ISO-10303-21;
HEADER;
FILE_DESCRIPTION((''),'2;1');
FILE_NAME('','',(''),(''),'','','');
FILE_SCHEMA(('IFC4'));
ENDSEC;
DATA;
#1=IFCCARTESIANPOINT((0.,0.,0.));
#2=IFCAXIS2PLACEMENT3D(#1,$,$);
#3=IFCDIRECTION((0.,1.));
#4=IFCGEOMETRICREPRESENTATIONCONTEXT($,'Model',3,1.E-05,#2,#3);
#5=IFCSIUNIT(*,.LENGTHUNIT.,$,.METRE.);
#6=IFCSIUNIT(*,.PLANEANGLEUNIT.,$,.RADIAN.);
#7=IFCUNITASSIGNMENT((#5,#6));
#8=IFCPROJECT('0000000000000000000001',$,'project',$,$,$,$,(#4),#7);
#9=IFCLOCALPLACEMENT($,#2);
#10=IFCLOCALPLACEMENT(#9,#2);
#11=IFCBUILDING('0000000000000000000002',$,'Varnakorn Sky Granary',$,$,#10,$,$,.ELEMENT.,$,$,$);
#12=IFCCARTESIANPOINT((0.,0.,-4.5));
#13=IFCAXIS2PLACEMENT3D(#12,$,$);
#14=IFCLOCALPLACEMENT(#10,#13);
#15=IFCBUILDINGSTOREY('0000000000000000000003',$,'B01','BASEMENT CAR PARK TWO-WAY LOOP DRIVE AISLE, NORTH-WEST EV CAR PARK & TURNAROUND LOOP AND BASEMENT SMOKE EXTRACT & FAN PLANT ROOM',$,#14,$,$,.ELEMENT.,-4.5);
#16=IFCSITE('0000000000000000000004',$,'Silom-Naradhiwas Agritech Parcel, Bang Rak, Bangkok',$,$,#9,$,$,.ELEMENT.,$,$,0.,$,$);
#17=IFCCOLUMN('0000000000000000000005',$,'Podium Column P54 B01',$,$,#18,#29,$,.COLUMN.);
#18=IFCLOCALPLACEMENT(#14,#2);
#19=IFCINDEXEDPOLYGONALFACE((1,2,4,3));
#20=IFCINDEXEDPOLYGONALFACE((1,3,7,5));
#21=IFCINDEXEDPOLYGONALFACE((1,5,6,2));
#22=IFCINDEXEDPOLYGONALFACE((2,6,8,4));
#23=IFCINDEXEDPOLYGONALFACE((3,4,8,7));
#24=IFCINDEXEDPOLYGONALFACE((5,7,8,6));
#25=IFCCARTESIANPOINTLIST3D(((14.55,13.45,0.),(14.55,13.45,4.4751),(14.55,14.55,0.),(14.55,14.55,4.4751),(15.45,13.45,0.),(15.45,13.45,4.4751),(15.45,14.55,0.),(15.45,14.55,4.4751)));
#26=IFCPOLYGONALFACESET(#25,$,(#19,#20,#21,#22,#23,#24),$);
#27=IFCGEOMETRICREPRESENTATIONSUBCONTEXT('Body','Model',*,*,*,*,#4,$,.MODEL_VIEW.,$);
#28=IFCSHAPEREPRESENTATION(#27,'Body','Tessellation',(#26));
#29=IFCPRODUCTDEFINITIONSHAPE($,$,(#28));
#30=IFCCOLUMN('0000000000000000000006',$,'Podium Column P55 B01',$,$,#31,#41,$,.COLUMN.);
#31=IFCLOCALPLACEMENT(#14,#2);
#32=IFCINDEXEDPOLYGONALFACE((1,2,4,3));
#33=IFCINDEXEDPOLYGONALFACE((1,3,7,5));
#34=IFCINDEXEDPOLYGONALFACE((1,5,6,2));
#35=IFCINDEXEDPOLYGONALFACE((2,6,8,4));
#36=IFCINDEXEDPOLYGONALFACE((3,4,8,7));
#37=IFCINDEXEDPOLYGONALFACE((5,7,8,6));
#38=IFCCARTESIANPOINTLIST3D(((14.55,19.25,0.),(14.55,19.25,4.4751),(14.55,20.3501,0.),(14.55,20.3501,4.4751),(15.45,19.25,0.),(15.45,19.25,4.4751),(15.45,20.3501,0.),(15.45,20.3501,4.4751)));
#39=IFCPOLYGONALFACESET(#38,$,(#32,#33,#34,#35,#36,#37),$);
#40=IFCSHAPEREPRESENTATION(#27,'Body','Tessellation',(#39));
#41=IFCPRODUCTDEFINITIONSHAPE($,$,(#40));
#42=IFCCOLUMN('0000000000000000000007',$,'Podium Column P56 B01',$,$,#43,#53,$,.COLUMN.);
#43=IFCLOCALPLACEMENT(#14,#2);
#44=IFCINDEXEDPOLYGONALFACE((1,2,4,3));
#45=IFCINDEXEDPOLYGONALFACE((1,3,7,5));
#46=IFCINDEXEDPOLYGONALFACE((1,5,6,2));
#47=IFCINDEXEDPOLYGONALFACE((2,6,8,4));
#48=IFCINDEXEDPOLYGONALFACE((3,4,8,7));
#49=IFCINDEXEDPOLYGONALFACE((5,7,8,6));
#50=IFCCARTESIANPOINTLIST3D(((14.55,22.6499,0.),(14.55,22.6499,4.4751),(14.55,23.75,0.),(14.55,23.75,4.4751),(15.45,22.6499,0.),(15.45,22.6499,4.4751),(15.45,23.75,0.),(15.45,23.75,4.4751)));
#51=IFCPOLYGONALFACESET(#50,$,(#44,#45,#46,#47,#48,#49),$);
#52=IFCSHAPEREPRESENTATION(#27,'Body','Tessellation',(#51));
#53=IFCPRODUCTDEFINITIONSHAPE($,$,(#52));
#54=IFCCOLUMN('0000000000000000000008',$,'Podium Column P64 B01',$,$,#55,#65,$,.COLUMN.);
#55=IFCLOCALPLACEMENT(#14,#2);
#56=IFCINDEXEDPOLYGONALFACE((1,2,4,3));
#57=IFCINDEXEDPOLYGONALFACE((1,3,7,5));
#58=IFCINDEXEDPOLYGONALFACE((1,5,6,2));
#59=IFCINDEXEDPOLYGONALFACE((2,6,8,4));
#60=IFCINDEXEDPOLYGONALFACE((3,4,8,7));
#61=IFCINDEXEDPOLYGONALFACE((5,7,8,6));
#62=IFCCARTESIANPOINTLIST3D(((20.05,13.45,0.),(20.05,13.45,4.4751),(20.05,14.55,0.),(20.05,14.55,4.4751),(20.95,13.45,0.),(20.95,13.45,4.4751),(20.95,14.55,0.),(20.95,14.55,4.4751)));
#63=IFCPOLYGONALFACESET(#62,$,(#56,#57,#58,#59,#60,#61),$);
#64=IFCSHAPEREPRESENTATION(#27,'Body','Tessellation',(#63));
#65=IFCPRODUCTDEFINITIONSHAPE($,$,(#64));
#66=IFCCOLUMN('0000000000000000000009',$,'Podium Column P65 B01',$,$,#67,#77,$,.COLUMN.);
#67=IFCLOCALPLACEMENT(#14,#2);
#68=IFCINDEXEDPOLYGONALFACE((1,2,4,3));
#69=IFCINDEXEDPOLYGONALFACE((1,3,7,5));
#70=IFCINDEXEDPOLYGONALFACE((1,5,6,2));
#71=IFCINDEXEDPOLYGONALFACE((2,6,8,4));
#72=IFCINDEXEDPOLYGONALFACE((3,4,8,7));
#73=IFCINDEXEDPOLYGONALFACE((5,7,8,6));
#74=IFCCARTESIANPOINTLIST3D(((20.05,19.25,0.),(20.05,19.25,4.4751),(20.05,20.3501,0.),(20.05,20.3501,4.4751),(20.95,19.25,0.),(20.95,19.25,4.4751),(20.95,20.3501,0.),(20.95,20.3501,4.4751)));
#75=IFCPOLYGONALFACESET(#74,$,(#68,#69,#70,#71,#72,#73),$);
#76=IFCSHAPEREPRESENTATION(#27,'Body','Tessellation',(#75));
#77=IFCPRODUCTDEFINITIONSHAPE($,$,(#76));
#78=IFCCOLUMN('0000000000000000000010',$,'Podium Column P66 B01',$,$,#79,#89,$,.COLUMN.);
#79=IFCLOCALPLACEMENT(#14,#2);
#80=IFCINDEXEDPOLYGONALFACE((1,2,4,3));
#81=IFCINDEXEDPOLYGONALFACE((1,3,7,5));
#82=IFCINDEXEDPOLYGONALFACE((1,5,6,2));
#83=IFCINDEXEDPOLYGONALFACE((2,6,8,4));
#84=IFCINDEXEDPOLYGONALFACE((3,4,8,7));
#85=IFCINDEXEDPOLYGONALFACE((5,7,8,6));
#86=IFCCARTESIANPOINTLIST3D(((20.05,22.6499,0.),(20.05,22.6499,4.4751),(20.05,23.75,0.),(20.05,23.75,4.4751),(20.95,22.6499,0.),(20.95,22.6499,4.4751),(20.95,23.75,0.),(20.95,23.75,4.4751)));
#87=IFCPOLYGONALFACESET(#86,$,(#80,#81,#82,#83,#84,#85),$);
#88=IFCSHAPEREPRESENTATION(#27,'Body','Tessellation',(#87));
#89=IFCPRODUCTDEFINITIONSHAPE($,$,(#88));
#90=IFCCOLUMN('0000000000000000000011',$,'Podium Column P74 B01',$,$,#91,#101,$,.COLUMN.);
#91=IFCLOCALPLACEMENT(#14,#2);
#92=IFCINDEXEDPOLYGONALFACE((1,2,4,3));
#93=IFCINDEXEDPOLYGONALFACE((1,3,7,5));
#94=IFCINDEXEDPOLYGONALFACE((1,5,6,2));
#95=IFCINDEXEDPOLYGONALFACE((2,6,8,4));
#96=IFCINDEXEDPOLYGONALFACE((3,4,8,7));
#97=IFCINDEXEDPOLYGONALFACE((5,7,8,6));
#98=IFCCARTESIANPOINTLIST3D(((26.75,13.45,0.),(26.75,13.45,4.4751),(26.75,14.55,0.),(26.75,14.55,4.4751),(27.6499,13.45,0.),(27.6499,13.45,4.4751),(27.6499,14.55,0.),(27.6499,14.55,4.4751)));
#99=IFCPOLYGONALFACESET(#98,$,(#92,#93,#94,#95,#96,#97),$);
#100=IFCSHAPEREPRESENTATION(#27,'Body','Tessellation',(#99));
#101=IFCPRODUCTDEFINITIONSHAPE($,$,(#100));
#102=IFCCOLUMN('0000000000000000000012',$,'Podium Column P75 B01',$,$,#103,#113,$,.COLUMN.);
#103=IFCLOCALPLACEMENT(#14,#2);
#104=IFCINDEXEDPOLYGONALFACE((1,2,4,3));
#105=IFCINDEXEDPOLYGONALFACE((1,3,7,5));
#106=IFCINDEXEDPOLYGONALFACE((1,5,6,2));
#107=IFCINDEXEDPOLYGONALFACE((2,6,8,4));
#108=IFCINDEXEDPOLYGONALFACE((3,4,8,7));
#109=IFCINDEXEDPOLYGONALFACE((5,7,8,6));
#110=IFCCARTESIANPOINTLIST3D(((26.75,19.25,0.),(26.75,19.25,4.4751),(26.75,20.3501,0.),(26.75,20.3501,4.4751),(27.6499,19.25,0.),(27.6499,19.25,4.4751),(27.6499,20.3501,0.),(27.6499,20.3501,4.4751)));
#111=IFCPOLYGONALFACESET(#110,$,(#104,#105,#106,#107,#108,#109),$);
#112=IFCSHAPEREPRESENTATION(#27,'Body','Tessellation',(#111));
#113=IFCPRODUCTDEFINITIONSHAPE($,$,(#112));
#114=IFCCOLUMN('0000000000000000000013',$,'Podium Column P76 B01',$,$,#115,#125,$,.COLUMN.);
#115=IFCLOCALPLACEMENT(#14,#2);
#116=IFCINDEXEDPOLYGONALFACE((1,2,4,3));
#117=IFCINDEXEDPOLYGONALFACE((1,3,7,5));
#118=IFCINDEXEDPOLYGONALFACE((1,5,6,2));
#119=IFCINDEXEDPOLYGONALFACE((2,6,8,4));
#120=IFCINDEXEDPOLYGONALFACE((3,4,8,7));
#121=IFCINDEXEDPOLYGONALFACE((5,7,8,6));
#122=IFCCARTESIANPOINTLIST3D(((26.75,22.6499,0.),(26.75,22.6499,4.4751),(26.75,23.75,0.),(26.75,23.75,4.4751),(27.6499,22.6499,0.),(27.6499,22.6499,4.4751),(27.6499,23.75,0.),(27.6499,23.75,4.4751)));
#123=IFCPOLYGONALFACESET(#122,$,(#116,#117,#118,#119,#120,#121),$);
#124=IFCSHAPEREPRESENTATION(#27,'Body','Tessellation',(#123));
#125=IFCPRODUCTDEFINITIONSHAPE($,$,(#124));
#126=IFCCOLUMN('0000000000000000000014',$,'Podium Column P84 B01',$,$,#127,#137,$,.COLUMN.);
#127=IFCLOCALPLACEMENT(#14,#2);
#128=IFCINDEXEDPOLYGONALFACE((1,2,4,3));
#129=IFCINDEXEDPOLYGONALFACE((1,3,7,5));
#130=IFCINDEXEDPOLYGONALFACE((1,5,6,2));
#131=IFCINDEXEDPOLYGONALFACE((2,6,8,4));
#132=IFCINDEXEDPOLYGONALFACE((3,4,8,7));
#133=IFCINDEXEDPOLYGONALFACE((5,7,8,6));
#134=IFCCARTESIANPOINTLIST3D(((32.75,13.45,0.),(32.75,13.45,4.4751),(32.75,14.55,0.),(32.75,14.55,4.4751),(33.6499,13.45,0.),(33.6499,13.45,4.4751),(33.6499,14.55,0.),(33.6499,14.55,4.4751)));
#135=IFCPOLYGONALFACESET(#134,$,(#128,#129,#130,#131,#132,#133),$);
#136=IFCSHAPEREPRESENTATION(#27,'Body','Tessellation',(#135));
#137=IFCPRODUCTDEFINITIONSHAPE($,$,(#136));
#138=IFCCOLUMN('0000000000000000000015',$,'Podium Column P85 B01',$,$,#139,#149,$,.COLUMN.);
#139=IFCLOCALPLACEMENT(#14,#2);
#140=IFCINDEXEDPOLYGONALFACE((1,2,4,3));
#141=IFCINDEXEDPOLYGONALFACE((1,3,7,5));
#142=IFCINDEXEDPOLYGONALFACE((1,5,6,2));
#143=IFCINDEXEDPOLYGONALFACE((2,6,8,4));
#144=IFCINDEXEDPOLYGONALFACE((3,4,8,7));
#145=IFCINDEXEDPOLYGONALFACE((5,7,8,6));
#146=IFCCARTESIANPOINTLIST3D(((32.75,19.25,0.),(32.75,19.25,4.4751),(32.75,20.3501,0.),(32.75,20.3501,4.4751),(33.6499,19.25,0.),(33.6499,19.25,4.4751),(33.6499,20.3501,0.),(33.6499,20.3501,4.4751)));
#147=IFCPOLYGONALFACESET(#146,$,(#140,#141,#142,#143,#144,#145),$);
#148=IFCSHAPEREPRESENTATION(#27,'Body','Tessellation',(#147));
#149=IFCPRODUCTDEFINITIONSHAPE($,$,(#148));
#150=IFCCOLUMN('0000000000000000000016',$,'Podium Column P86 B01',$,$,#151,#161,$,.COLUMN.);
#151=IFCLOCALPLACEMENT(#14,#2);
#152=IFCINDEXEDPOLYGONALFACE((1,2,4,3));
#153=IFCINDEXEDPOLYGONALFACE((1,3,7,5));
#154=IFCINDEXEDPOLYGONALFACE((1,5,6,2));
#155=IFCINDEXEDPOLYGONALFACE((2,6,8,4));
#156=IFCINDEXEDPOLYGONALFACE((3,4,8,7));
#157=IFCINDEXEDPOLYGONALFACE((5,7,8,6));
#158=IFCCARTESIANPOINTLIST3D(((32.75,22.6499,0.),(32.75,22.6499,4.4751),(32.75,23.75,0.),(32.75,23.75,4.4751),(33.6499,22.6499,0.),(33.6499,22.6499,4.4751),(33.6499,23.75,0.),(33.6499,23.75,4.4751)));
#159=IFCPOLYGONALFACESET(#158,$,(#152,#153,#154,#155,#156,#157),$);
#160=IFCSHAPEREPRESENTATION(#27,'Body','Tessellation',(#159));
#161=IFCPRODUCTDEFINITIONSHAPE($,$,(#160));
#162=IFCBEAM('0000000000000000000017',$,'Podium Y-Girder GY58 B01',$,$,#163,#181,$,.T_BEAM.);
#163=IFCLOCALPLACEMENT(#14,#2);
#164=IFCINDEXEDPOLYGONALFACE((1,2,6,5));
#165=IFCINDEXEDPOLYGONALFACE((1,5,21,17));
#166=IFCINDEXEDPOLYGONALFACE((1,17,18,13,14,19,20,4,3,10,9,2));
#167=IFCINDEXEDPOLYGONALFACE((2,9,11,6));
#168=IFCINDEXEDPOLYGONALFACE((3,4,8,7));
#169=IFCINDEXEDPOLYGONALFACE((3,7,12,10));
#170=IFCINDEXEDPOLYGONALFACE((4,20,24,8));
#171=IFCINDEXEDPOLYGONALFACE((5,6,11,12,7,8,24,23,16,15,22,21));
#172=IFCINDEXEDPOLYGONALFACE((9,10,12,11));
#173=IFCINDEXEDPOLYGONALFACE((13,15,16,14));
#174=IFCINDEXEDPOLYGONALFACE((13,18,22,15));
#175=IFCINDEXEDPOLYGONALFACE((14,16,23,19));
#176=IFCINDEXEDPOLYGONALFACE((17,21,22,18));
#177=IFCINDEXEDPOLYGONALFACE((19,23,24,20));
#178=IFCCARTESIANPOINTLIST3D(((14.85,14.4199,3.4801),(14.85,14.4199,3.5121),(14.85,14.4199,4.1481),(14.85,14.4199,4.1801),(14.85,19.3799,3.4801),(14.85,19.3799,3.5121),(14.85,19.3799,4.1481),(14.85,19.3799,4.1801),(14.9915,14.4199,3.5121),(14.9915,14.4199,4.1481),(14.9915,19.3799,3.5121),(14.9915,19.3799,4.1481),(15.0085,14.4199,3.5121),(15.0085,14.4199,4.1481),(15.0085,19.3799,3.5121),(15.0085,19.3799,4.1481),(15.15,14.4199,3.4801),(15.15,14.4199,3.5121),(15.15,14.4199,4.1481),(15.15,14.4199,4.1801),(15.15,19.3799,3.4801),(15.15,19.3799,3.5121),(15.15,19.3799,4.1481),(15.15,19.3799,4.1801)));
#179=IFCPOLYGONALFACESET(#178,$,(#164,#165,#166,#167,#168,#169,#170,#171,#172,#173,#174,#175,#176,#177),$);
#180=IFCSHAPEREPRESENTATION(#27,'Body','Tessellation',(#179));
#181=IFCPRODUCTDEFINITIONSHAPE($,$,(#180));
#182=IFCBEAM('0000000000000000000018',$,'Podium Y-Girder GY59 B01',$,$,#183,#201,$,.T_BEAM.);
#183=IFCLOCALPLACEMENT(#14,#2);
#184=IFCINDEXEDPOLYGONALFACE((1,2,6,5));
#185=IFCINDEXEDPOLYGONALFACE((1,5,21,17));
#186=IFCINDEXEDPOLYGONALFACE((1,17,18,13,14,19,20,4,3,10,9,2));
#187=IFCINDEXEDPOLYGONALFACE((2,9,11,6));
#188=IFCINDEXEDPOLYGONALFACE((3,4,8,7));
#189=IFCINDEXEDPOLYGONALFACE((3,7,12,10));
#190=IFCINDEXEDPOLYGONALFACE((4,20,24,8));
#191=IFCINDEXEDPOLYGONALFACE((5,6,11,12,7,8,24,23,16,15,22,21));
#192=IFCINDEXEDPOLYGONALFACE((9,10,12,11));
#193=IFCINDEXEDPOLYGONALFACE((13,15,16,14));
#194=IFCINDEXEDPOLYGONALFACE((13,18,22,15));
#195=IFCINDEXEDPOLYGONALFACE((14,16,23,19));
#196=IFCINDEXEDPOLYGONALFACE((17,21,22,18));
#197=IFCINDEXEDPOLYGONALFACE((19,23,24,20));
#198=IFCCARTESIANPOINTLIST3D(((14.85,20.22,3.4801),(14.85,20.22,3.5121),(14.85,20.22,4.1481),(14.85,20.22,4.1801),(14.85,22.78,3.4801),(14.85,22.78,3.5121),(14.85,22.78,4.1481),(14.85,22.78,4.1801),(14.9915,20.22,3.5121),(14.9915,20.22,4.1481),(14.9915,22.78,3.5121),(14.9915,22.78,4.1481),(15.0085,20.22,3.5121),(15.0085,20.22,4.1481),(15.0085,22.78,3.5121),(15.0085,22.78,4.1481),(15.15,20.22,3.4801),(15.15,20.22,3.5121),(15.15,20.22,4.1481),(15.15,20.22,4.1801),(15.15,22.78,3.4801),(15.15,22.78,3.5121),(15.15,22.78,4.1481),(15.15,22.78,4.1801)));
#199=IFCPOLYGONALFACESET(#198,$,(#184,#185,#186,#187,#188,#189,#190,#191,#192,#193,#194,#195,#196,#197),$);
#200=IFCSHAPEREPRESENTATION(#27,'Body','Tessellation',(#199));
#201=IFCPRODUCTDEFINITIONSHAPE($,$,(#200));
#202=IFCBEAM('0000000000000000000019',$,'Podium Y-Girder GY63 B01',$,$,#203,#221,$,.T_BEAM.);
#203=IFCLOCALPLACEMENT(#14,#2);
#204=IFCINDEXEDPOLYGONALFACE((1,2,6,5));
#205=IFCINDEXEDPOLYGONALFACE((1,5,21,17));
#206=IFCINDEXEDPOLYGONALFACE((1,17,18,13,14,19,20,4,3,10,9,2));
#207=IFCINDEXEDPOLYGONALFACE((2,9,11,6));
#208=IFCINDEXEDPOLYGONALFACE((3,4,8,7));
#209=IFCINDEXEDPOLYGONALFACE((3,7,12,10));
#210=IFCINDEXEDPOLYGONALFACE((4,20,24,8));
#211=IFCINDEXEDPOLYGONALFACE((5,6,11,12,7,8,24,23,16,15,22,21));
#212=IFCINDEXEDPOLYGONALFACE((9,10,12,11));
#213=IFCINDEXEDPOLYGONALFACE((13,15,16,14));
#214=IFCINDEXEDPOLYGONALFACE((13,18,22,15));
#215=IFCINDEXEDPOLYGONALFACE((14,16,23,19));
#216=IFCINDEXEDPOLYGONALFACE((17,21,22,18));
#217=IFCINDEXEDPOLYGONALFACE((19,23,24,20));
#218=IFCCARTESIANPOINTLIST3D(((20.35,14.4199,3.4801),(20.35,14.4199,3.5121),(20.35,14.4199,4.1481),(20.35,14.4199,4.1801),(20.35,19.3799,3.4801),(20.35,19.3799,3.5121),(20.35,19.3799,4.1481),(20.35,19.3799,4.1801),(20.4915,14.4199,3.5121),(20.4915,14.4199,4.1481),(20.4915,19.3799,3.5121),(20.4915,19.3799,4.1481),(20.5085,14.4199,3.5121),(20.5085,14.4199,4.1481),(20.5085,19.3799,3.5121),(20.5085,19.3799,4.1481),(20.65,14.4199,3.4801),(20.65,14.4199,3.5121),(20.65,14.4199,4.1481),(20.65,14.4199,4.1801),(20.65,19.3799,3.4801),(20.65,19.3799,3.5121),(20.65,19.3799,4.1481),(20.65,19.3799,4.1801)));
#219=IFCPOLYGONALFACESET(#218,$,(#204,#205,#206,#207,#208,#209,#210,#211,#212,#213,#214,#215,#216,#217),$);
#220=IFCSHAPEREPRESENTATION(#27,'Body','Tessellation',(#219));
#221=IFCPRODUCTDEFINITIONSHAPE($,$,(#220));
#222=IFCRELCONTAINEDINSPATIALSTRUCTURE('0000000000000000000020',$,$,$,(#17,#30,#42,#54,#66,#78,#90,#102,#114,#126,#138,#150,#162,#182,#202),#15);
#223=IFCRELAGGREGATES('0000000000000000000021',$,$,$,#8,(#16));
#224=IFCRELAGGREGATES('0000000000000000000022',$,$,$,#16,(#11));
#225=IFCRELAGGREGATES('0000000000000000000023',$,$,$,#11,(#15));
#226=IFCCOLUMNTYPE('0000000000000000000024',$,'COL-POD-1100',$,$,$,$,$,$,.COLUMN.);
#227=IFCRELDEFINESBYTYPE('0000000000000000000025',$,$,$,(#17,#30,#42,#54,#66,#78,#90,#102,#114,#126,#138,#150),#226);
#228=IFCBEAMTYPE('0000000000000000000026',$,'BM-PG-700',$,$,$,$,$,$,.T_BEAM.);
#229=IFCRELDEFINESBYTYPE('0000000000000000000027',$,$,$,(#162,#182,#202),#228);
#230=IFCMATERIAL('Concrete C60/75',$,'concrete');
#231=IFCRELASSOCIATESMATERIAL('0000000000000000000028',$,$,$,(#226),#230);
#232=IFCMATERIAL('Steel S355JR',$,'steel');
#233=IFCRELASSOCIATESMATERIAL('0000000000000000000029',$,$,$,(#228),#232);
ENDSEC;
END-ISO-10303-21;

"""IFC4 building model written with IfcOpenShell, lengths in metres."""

from ifc_helpers import new_model, si_unit, direction, frame, origin, origin_2d, place, context, subcontext, project, spatial, rectangle, i_section, extrude, material, material_profile, profile_set, type_object, element, save


model = new_model("IFC4")

# Units and contexts
model_context = context("Model", 3, precision=1e-05, world=origin(), true_north=direction((0.0, 1.0)))
body_context = subcontext(model_context, "Body", "Model", "MODEL_VIEW")
ifc_project = project(units=[si_unit("LENGTHUNIT", "METRE"), si_unit("PLANEANGLEUNIT", "RADIAN")], contexts=[model_context])

# Site, building, storey
site_placement = place(None, origin())
site = spatial("IfcSite", under=ifc_project, at=site_placement, Name="Silom-Naradhiwas Agritech Parcel, Bang Rak, Bangkok", CompositionType="ELEMENT", RefElevation=0.0)
building_placement = place(site_placement, origin())
building = spatial("IfcBuilding", under=site, at=building_placement, Name="Varnakorn Sky Granary", CompositionType="ELEMENT")
storey_placement = place(building_placement, frame((0.0, 0.0, -4.5)))
storey = spatial("IfcBuildingStorey", under=building, at=storey_placement, Name="B01", Description="BASEMENT CAR PARK TWO-WAY LOOP DRIVE AISLE, NORTH-WEST EV CAR PARK & TURNAROUND LOOP AND BASEMENT SMOKE EXTRACT & FAN PLANT ROOM", CompositionType="ELEMENT", Elevation=-4.5)

# Columns
ifc_material_1 = material(Name="Concrete C60/75", Category="concrete")
ifc_material_profile_1 = material_profile(ifc_material_1, rectangle(XDim=0.8999, YDim=1.1001, at=origin_2d()), Name="RC 900x1100")
ifc_profile_set_1 = profile_set([ifc_material_profile_1], Name="Concrete C60/75")
column_type = type_object("IfcColumnType", Name="COL-POD-1100", PredefinedType="COLUMN", material=ifc_profile_set_1)
for number, where, z_axis, x_axis, name in (
    (1, (15.0, 14.0, 0.0), (0.0, 0.0, 1.0), (1.0, 0.0, 0.0), "Podium Column P54 B01"),
    (2, (15.0, 19.8, 0.0), (0.0, 0.0, 1.0), (1.0, 0.0, 0.0), "Podium Column P55 B01"),
    (3, (15.0, 23.2, 0.0), (0.0, 0.0, 1.0), (1.0, 0.0, 0.0), "Podium Column P56 B01"),
    (4, (20.5, 14.0, 0.0), (0.0, 0.0, 1.0), (1.0, 0.0, 0.0), "Podium Column P64 B01"),
    (5, (20.5, 19.8, 0.0), (0.0, 0.0, 1.0), (1.0, 0.0, 0.0), "Podium Column P65 B01"),
    (6, (20.5, 23.2, 0.0), (0.0, 0.0, 1.0), (1.0, 0.0, 0.0), "Podium Column P66 B01"),
    (7, (27.2, 14.0, 0.0), (0.0, 0.0, 1.0), (1.0, 0.0, 0.0), "Podium Column P74 B01"),
    (8, (27.2, 19.8, 0.0), (0.0, 0.0, 1.0), (1.0, 0.0, 0.0), "Podium Column P75 B01"),
    (9, (27.2, 23.2, 0.0), (0.0, 0.0, 1.0), (1.0, 0.0, 0.0), "Podium Column P76 B01"),
    (10, (33.2, 14.0, 0.0), (0.0, 0.0, 1.0), (1.0, 0.0, 0.0), "Podium Column P84 B01"),
    (11, (33.2, 19.8, 0.0), (0.0, 0.0, 1.0), (1.0, 0.0, 0.0), "Podium Column P85 B01"),
    (12, (33.2, 23.2, 0.0), (0.0, 0.0, 1.0), (1.0, 0.0, 0.0), "Podium Column P86 B01"),
):
    element("IfcColumn", number, at=place(storey_placement, frame(where, z_axis=z_axis, x_axis=x_axis)), inside=storey, type_object=column_type, Name=name, PredefinedType="COLUMN", context=body_context, shape_type="SweptSolid", body=[
        extrude(rectangle(XDim=0.8999, YDim=1.1001, at=origin_2d()), origin(), (0.0, 0.0, 1.0), 4.4751),
    ])

# Beams
ifc_material_2 = material(Name="Steel S355JR", Category="steel")
ifc_material_profile_2 = material_profile(ifc_material_2, i_section(OverallWidth=0.3, OverallDepth=0.7, WebThickness=0.0171, FlangeThickness=0.032, at=origin_2d()), Name="HE 700 B")
ifc_profile_set_2 = profile_set([ifc_material_profile_2], Name="Steel S355JR")
beam_type_1 = type_object("IfcBeamType", Name="BM-PG-700", PredefinedType="T_BEAM", material=ifc_profile_set_2)
beam_1_placement = place(storey_placement, frame((15.0, 14.4199, 3.8301), z_axis=(0.0, 1.0, 0.0), x_axis=(-1.0, 0.0, 0.0)))
element("IfcBeam", 13, at=beam_1_placement, inside=storey, type_object=beam_type_1, Name="Podium Y-Girder GY58 B01", PredefinedType="T_BEAM", context=body_context, shape_type="SweptSolid", body=[
    extrude(i_section(OverallWidth=0.3, OverallDepth=0.7, WebThickness=0.0171, FlangeThickness=0.032, at=origin_2d()), origin(), (0.0, 0.0, 1.0), 4.96),
])
beam_2_placement = place(storey_placement, frame((15.0, 20.22, 3.8301), z_axis=(0.0, 1.0, 0.0), x_axis=(-1.0, 0.0, 0.0)))
element("IfcBeam", 14, at=beam_2_placement, inside=storey, type_object=beam_type_1, Name="Podium Y-Girder GY59 B01", PredefinedType="T_BEAM", context=body_context, shape_type="SweptSolid", body=[
    extrude(i_section(OverallWidth=0.3, OverallDepth=0.7, WebThickness=0.0171, FlangeThickness=0.032, at=origin_2d()), origin(), (0.0, 0.0, 1.0), 2.5601),
])
beam_3_placement = place(storey_placement, frame((20.5, 14.4199, 3.8301), z_axis=(0.0, 1.0, 0.0), x_axis=(-1.0, 0.0, 0.0)))
element("IfcBeam", 15, at=beam_3_placement, inside=storey, type_object=beam_type_1, Name="Podium Y-Girder GY63 B01", PredefinedType="T_BEAM", context=body_context, shape_type="SweptSolid", body=[
    extrude(i_section(OverallWidth=0.3, OverallDepth=0.7, WebThickness=0.0171, FlangeThickness=0.032, at=origin_2d()), origin(), (0.0, 0.0, 1.0), 4.96),
])

save(model, "model.ifc")
